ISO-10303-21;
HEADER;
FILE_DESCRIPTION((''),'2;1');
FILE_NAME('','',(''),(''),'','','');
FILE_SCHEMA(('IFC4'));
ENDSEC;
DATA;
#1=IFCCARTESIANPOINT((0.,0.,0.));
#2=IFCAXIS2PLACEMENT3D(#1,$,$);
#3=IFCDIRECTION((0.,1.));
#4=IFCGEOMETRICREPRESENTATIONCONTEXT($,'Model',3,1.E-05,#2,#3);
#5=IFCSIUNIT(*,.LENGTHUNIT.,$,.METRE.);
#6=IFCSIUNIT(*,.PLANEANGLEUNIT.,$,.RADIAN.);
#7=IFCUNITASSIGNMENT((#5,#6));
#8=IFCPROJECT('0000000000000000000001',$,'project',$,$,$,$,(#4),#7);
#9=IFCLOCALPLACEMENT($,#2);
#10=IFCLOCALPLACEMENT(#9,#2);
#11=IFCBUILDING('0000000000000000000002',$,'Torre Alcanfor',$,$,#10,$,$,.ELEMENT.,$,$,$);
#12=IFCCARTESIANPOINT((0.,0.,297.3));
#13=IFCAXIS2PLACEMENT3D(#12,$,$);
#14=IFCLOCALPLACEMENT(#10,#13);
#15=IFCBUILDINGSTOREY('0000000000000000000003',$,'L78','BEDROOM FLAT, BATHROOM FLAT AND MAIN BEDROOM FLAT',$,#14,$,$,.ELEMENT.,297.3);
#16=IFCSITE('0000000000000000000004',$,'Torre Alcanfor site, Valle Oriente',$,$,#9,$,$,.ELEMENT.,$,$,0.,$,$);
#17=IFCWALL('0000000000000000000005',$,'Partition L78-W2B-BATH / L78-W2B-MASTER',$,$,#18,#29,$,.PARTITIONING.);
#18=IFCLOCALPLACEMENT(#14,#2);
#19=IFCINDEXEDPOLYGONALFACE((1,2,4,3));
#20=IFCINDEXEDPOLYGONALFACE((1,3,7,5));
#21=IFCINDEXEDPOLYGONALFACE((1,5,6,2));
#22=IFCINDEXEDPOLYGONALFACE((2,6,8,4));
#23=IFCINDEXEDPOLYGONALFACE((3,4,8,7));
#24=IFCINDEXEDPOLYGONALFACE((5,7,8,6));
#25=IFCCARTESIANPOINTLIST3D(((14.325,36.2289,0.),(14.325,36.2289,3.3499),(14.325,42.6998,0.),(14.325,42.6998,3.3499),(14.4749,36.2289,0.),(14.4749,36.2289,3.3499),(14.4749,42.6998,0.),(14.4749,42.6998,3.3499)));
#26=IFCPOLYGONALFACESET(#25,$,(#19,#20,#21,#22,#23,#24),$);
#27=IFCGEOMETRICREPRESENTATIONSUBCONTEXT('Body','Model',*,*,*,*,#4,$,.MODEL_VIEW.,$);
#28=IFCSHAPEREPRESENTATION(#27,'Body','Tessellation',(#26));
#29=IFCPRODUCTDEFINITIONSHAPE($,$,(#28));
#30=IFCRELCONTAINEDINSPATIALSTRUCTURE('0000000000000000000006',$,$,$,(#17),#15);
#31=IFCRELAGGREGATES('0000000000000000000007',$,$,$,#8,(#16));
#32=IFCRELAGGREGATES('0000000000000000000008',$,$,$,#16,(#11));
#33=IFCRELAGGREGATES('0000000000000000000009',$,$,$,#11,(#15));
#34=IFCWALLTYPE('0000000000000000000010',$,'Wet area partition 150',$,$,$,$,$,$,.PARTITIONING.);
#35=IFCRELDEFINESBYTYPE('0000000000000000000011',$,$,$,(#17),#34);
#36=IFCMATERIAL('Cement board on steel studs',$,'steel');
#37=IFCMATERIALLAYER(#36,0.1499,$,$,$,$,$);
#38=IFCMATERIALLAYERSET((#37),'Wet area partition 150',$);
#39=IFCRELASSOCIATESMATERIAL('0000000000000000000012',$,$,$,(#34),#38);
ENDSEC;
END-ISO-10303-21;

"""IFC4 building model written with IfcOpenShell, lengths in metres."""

from ifc_helpers import new_model, si_unit, direction, frame, frame_2d, origin, place, context, subcontext, project, spatial, rectangle, extrude, material, layer, layer_set, type_object, element, save


model = new_model("IFC4")

# Units and contexts
model_context = context("Model", 3, precision=1e-05, world=origin(), true_north=direction((0.0, 1.0)))
body_context = subcontext(model_context, "Body", "Model", "MODEL_VIEW")
ifc_project = project(units=[si_unit("LENGTHUNIT", "METRE"), si_unit("PLANEANGLEUNIT", "RADIAN")], contexts=[model_context])

# Site, building, storey
site_placement = place(None, origin())
site = spatial("IfcSite", under=ifc_project, at=site_placement, Name="Torre Alcanfor site, Valle Oriente", CompositionType="ELEMENT", RefElevation=0.0)
building_placement = place(site_placement, origin())
building = spatial("IfcBuilding", under=site, at=building_placement, Name="Torre Alcanfor", CompositionType="ELEMENT")
storey_placement = place(building_placement, frame((0.0, 0.0, 297.3)))
storey = spatial("IfcBuildingStorey", under=building, at=storey_placement, Name="L78", Description="BEDROOM FLAT, BATHROOM FLAT AND MAIN BEDROOM FLAT", CompositionType="ELEMENT", Elevation=297.3)

# Shared definitions
ifc_material_1 = material(Name="Cement board on steel studs", Category="steel")
ifc_layer_1 = layer(ifc_material_1, 0.1499)
ifc_layer_set_1 = layer_set([ifc_layer_1], Name="Wet area partition 150")
wall_type_1 = type_object("IfcWallType", Name="Wet area partition 150", PredefinedType="PARTITIONING", material=ifc_layer_set_1)

# Wall
wall_1_placement = place(storey_placement, frame((14.3999, 36.229, 0.0), z_axis=(0.0, 0.0, 1.0), x_axis=(0.0, 1.0, 0.0)))
element("IfcWall", 1, at=wall_1_placement, inside=storey, type_object=wall_type_1, Name="Partition L78-W2B-BATH / L78-W2B-MASTER", PredefinedType="PARTITIONING", context=body_context, shape_type="SweptSolid", body=[
    extrude(rectangle(XDim=6.4709, YDim=0.1499, at=frame_2d((3.2354, 0.0))), origin(), (0.0, 0.0, 1.0), 3.3499),
])

save(model, "model.ifc")
